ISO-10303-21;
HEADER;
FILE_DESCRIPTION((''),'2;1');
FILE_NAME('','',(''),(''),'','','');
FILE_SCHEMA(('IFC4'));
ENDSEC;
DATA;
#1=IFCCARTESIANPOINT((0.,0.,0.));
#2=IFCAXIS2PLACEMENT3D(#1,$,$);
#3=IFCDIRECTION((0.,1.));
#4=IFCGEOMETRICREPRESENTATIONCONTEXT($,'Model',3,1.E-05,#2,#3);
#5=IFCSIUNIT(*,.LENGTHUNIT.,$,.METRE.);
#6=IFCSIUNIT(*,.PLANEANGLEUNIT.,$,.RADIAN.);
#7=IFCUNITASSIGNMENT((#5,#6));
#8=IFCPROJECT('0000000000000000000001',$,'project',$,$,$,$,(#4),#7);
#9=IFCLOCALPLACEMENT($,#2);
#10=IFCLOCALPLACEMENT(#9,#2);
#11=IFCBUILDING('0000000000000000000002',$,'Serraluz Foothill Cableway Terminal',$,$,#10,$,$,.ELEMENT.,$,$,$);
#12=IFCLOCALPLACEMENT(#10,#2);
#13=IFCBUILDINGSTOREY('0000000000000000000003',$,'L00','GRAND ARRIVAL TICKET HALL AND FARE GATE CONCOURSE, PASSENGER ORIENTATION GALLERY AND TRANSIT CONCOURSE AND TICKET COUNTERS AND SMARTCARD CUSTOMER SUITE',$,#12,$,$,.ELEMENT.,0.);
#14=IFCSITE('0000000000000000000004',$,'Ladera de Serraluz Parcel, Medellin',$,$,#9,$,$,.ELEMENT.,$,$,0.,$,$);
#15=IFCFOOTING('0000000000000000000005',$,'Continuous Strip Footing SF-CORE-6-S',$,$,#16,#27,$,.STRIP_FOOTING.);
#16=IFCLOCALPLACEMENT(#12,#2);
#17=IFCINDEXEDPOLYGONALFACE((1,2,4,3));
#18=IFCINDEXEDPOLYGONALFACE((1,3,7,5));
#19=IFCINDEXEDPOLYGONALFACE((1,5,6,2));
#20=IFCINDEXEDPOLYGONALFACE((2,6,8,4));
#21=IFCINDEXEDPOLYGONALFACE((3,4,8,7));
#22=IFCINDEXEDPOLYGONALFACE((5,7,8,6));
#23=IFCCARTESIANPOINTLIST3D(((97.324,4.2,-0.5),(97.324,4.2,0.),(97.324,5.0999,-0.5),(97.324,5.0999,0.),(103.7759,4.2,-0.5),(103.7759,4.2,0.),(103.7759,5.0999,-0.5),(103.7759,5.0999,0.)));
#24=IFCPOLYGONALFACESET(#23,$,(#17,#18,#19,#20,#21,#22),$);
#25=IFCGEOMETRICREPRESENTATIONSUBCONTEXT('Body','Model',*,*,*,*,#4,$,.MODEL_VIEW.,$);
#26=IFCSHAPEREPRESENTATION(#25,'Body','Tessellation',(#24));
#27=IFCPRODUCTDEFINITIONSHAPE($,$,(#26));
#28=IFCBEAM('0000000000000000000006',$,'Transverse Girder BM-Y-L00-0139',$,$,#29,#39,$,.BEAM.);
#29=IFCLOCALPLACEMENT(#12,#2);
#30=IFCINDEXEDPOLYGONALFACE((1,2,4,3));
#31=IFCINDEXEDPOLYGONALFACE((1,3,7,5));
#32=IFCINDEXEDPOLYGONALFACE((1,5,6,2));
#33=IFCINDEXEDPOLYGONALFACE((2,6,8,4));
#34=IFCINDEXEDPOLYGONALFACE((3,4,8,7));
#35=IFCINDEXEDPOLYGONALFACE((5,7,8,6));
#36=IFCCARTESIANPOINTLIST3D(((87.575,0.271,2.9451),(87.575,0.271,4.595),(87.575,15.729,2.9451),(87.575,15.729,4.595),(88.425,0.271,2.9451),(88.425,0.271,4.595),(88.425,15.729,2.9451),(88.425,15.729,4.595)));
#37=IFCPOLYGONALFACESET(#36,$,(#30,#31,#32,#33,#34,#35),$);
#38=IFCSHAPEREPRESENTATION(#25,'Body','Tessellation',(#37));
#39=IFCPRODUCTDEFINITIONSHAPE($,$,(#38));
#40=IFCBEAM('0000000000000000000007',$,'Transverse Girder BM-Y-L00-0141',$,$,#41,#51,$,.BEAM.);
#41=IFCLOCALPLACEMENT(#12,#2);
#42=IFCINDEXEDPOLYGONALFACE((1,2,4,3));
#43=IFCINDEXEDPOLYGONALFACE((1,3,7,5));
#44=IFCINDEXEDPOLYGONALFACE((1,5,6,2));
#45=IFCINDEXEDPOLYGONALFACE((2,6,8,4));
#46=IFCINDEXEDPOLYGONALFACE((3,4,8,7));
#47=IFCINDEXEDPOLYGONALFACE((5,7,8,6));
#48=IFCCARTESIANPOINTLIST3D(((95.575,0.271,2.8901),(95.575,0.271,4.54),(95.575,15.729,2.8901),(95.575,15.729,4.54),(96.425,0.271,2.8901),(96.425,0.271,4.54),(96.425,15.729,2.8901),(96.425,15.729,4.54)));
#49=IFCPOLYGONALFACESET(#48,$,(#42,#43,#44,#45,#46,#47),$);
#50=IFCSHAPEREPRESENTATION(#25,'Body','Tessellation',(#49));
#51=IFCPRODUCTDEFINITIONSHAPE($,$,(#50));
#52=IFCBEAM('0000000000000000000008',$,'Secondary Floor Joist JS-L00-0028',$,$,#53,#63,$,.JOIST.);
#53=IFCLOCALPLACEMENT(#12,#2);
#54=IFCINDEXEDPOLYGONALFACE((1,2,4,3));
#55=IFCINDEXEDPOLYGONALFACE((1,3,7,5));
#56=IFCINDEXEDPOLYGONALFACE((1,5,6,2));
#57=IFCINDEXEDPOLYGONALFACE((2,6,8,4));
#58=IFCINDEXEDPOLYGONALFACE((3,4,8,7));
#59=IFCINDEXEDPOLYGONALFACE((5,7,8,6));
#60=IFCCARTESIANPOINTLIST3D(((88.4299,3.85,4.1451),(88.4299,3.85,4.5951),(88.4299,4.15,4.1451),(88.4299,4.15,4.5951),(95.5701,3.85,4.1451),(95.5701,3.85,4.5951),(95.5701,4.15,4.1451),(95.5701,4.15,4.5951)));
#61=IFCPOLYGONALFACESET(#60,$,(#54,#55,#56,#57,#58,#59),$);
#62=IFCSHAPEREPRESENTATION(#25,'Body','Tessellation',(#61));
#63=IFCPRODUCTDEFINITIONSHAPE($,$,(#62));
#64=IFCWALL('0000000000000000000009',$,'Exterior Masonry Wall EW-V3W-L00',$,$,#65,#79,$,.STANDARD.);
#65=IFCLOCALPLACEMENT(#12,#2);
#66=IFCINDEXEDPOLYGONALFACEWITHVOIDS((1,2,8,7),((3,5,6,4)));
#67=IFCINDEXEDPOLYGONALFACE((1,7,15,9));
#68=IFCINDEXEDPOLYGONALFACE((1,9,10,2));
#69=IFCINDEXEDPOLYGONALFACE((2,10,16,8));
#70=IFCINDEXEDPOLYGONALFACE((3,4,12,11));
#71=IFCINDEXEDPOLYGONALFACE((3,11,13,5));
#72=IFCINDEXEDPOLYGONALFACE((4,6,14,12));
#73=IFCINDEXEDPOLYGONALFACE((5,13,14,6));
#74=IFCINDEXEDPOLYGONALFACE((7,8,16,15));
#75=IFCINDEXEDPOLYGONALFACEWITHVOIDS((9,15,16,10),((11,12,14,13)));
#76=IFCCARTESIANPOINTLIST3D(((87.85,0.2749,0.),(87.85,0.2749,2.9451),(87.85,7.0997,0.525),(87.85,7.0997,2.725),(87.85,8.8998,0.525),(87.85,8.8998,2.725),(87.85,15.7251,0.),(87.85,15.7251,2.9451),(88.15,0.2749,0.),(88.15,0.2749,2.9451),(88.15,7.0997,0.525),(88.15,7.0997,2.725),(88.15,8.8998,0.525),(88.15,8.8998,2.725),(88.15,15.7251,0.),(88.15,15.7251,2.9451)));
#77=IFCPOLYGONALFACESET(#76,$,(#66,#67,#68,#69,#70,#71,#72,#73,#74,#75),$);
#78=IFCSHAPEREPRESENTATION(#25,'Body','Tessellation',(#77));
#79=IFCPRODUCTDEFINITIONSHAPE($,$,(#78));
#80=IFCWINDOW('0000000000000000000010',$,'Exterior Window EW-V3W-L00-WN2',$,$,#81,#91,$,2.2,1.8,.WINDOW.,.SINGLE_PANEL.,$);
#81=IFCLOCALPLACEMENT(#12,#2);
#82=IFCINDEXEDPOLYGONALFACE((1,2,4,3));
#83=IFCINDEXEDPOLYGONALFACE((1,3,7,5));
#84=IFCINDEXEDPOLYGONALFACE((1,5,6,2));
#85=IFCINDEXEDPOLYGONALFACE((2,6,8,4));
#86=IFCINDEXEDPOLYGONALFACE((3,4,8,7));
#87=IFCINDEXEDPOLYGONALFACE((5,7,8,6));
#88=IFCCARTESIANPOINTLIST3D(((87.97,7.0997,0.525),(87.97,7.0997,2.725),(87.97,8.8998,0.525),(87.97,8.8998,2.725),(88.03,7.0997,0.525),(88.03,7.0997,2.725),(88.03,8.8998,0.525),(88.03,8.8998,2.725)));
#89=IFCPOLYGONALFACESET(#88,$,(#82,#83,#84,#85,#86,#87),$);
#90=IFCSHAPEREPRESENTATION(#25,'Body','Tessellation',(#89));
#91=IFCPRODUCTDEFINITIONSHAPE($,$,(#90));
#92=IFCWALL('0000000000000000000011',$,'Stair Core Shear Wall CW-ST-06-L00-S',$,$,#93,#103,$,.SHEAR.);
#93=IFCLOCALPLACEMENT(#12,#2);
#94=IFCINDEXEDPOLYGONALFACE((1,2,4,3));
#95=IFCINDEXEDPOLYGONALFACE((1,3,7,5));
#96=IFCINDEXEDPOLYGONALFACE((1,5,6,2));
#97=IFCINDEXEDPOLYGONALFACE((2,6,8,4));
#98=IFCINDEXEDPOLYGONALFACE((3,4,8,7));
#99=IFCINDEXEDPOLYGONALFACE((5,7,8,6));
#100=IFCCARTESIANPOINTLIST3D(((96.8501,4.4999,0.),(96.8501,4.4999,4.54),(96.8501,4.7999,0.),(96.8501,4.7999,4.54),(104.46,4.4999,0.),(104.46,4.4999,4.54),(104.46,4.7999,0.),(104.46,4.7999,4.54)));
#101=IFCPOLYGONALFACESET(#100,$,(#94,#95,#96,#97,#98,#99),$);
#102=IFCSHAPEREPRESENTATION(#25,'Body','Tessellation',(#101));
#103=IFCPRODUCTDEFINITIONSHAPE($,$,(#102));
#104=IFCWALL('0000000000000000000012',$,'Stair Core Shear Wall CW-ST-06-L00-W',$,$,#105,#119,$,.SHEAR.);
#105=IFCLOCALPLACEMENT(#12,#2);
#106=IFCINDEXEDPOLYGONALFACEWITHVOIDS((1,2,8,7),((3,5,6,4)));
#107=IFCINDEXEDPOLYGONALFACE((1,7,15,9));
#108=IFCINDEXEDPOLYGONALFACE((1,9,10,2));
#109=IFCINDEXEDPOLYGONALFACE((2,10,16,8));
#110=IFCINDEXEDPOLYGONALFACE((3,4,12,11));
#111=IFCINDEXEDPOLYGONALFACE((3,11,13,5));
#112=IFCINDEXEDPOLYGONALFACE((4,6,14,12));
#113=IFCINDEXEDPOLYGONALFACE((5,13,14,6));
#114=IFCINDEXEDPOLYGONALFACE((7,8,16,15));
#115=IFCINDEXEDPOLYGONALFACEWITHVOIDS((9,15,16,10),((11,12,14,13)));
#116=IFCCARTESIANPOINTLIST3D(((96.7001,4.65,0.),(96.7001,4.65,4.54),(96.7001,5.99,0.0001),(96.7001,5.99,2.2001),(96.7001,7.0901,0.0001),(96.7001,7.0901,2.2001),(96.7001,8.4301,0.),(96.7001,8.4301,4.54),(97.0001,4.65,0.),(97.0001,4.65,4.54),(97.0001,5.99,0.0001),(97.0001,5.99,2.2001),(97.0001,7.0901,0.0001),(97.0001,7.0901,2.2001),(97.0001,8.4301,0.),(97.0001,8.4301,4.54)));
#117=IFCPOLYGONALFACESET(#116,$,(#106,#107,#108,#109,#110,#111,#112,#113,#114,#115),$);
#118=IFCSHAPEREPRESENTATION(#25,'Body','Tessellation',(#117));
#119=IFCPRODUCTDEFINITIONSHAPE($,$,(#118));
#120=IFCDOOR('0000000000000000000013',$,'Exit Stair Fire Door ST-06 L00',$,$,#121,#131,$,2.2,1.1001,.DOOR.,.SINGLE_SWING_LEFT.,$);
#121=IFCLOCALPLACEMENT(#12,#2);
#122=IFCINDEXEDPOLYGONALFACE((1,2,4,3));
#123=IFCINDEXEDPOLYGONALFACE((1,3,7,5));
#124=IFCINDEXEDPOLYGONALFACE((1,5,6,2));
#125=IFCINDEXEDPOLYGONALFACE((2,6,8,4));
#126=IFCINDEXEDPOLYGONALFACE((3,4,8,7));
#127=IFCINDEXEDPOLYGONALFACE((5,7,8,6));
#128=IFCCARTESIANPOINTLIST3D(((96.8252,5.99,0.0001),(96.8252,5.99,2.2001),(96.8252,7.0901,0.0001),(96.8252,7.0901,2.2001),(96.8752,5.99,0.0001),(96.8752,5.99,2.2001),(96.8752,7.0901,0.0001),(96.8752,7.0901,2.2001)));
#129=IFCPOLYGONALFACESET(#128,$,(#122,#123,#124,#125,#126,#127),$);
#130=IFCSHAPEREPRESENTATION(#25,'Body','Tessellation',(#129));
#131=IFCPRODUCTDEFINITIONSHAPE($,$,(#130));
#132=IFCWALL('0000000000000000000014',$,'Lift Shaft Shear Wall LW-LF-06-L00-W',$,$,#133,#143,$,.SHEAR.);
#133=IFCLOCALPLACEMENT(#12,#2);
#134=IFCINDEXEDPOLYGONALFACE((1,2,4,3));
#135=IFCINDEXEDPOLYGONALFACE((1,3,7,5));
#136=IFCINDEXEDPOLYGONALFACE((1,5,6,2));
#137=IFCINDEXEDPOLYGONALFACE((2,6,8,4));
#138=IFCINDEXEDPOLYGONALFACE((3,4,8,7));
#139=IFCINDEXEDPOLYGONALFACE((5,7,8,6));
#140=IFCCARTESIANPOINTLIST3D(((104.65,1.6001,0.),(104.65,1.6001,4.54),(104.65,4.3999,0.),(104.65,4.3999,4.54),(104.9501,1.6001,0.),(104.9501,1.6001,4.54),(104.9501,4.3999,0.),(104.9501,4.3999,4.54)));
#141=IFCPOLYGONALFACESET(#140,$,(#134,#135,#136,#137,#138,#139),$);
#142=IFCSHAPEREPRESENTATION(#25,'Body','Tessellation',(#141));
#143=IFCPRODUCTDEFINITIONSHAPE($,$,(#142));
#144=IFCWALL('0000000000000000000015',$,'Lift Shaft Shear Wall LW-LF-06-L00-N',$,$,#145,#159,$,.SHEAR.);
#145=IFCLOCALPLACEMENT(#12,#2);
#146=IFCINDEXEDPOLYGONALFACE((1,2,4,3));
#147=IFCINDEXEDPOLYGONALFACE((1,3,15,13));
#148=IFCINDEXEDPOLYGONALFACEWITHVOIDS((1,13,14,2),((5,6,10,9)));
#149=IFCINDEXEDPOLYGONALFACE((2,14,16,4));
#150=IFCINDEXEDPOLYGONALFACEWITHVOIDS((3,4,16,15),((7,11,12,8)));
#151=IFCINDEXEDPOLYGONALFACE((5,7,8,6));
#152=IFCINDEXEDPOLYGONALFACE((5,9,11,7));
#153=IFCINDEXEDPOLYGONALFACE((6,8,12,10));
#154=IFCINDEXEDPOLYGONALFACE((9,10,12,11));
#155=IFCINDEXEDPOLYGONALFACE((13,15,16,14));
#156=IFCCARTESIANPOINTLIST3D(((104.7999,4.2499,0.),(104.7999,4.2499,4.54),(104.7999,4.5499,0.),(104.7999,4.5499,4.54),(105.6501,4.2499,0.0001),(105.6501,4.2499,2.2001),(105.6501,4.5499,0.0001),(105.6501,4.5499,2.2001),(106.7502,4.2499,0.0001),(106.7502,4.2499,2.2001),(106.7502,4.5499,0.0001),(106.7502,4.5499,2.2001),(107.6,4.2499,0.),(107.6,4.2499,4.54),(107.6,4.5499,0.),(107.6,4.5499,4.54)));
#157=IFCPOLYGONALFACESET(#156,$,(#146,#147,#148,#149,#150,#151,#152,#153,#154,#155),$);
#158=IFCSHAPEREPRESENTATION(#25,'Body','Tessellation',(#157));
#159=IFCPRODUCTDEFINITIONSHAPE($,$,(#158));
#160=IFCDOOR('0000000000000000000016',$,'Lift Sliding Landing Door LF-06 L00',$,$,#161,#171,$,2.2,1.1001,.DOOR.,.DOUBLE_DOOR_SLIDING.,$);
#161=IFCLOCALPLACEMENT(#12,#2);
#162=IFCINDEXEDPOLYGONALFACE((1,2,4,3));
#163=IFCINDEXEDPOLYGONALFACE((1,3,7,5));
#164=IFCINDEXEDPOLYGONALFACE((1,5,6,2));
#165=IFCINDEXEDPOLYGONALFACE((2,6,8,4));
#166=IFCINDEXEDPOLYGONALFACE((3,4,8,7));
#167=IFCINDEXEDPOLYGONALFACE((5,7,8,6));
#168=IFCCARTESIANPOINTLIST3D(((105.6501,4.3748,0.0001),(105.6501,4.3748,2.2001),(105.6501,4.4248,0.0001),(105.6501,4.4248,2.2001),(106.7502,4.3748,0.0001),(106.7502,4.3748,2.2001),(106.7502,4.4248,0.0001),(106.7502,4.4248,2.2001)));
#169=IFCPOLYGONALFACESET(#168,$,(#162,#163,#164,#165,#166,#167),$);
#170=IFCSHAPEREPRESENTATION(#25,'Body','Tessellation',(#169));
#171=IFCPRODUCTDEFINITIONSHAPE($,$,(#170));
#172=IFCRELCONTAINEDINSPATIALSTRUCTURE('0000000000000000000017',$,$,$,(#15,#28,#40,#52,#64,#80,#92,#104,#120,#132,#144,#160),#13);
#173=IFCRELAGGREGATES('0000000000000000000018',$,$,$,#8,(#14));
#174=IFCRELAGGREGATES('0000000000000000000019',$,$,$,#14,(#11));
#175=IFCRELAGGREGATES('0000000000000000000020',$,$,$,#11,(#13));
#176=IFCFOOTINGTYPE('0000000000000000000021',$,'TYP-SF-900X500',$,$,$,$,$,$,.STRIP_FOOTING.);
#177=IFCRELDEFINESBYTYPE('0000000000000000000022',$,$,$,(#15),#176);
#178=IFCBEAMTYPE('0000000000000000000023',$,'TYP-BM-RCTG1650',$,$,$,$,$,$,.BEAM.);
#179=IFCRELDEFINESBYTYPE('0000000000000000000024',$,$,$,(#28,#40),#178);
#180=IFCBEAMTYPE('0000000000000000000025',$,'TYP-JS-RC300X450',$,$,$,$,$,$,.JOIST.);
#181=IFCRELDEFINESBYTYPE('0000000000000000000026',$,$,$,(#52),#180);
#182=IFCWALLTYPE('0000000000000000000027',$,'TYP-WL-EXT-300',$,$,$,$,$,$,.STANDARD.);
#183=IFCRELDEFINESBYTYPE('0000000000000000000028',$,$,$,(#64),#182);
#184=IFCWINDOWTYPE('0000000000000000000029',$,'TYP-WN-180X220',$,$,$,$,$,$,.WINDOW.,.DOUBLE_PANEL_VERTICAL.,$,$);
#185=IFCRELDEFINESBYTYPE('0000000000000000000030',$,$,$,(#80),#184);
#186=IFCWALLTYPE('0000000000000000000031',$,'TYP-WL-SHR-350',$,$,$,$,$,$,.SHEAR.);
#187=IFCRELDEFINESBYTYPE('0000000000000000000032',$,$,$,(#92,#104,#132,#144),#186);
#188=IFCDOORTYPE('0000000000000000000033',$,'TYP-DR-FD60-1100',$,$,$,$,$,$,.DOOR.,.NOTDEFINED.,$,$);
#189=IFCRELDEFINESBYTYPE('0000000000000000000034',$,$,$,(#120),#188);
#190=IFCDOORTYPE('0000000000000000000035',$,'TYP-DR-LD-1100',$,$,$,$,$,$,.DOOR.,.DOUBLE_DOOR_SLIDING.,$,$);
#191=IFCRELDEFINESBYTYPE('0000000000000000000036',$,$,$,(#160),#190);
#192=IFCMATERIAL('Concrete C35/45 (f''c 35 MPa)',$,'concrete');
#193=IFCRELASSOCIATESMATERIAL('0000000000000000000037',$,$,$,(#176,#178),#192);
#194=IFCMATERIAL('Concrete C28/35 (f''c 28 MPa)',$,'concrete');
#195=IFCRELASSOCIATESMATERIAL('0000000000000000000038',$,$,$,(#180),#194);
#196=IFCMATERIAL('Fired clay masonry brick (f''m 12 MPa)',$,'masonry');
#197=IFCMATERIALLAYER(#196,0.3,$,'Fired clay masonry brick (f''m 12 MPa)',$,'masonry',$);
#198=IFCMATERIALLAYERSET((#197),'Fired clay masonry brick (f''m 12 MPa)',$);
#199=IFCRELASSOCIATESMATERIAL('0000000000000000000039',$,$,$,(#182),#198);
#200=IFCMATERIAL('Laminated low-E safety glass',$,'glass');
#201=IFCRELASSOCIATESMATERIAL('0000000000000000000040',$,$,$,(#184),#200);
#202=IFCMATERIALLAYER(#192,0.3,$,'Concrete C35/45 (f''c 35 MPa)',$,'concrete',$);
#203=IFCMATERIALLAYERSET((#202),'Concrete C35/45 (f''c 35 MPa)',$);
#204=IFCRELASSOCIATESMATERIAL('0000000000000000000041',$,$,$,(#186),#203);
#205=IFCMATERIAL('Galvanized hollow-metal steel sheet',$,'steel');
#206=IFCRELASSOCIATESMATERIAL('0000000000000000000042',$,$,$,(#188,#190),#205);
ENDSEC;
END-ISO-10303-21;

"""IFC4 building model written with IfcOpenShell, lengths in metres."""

from ifc_helpers import new_model, si_unit, direction, frame, frame_2d, origin, origin_2d, place, context, subcontext, project, spatial, rectangle, extrude, material, layer, layer_set, material_profile, profile_set, type_object, element, fill, save


model = new_model("IFC4")

# Units and contexts
model_context = context("Model", 3, precision=1e-05, world=origin(), true_north=direction((0.0, 1.0)))
body_context = subcontext(model_context, "Body", "Model", "MODEL_VIEW")
ifc_project = project(units=[si_unit("LENGTHUNIT", "METRE"), si_unit("PLANEANGLEUNIT", "RADIAN")], contexts=[model_context])

# Site, building, storey
site_placement = place(None, origin())
site = spatial("IfcSite", under=ifc_project, at=site_placement, Name="Ladera de Serraluz Parcel, Medellin", CompositionType="ELEMENT", RefElevation=0.0)
building_placement = place(site_placement, origin())
building = spatial("IfcBuilding", under=site, at=building_placement, Name="Serraluz Foothill Cableway Terminal", CompositionType="ELEMENT")
storey_placement = place(building_placement, origin())
storey = spatial("IfcBuildingStorey", under=building, at=storey_placement, Name="L00", Description="GRAND ARRIVAL TICKET HALL AND FARE GATE CONCOURSE, PASSENGER ORIENTATION GALLERY AND TRANSIT CONCOURSE AND TICKET COUNTERS AND SMARTCARD CUSTOMER SUITE", CompositionType="ELEMENT", Elevation=0.0)

# Shared definitions
ifc_material_1 = material(Name="Concrete C35/45 (f'c 35 MPa)", Category="concrete")

# Shared definitions
ifc_material_2 = material(Name="Concrete C28/35 (f'c 28 MPa)", Category="concrete")

# Footing
ifc_material_profile_1 = material_profile(ifc_material_1, rectangle(XDim=0.8999, YDim=0.5, at=origin_2d()), Name="SF 900x500")
ifc_profile_set_1 = profile_set([ifc_material_profile_1], Name="Concrete C35/45 (f'c 35 MPa)")
footing_type_1 = type_object("IfcFootingType", Name="TYP-SF-900X500", PredefinedType="STRIP_FOOTING", material=ifc_profile_set_1)
footing_placement = place(storey_placement, frame((97.324, 4.6499, -0.25), z_axis=(1.0, 0.0, 0.0), x_axis=(0.0, 1.0, 0.0)))
element("IfcFooting", 1, at=footing_placement, inside=storey, type_object=footing_type_1, Name="Continuous Strip Footing SF-CORE-6-S", PredefinedType="STRIP_FOOTING", context=body_context, shape_type="SweptSolid", body=[
    extrude(rectangle(XDim=0.8999, YDim=0.5, at=origin_2d()), origin(), (0.0, 0.0, 1.0), 6.4519),
])

# Beams
ifc_material_profile_2 = material_profile(ifc_material_1, rectangle(XDim=0.8501, YDim=1.6499, at=origin_2d()), Name="RC TG 850x1650")
ifc_profile_set_2 = profile_set([ifc_material_profile_2], Name="Concrete C35/45 (f'c 35 MPa)")
beam_type_1 = type_object("IfcBeamType", Name="TYP-BM-RCTG1650", PredefinedType="BEAM", material=ifc_profile_set_2)
for number, where, z_axis, x_axis, name in (
    (2, (88.0, 0.271, 3.77), (0.0, 1.0, 0.0), (-1.0, 0.0, 0.0), "Transverse Girder BM-Y-L00-0139"),
    (3, (96.0, 0.271, 3.7151), (0.0, 1.0, 0.0), (-1.0, 0.0, 0.0), "Transverse Girder BM-Y-L00-0141"),
):
    element("IfcBeam", number, at=place(storey_placement, frame(where, z_axis=z_axis, x_axis=x_axis)), inside=storey, type_object=beam_type_1, Name=name, PredefinedType="BEAM", context=body_context, shape_type="SweptSolid", body=[
        extrude(rectangle(XDim=0.8501, YDim=1.6499, at=origin_2d()), origin(), (0.0, 0.0, 1.0), 15.458),
    ])
ifc_material_profile_3 = material_profile(ifc_material_2, rectangle(XDim=0.3, YDim=0.45, at=origin_2d()), Name="RC 300x450")
ifc_profile_set_3 = profile_set([ifc_material_profile_3], Name="Concrete C28/35 (f'c 28 MPa)")
beam_type_2 = type_object("IfcBeamType", Name="TYP-JS-RC300X450", PredefinedType="JOIST", material=ifc_profile_set_3)
beam_placement = place(storey_placement, frame((88.4299, 4.0, 4.3701), z_axis=(1.0, 0.0, 0.0), x_axis=(0.0, 1.0, 0.0)))
element("IfcBeam", 4, at=beam_placement, inside=storey, type_object=beam_type_2, Name="Secondary Floor Joist JS-L00-0028", PredefinedType="JOIST", context=body_context, shape_type="SweptSolid", body=[
    extrude(rectangle(XDim=0.3, YDim=0.45, at=origin_2d()), origin(), (0.0, 0.0, 1.0), 7.1401),
])

# Wall, opening, window
ifc_material_3 = material(Name="Fired clay masonry brick (f'm 12 MPa)", Category="masonry")
ifc_layer_1 = layer(ifc_material_3, 0.3, Name="Fired clay masonry brick (f'm 12 MPa)", Category="masonry")
ifc_layer_set_1 = layer_set([ifc_layer_1], Name="Fired clay masonry brick (f'm 12 MPa)")
wall_type_1 = type_object("IfcWallType", Name="TYP-WL-EXT-300", PredefinedType="STANDARD", material=ifc_layer_set_1)
wall_1_placement = place(storey_placement, frame((88.0, 0.2749, 0.0), z_axis=(0.0, 0.0, 1.0), x_axis=(0.0, 1.0, 0.0)))
wall_1 = element("IfcWall", 5, at=wall_1_placement, inside=storey, type_object=wall_type_1, Name="Exterior Masonry Wall EW-V3W-L00", PredefinedType="STANDARD", context=body_context, shape_type="SweptSolid", body=[
    extrude(rectangle(XDim=15.4502, YDim=0.3, at=frame_2d((7.7251, 0.0))), origin(), (0.0, 0.0, 1.0), 2.9451),
])
opening_1_placement = place(wall_1_placement, frame((6.825, 0.0, 0.5249)))
opening_1 = element("IfcOpeningElement", 6, at=opening_1_placement, cuts=wall_1, PredefinedType="OPENING", context=body_context, shape_type="SweptSolid", body=[
    extrude(rectangle(XDim=1.8, YDim=2.2, at=frame_2d((0.8999, 1.1001))), frame((0.0, 0.1602, 0.0), z_axis=(0.0, -1.0, 0.0), x_axis=(1.0, 0.0, 0.0)), (0.0, 0.0, 1.0), 0.3201),
])
ifc_material_4 = material(Name="Laminated low-E safety glass", Category="glass")
window_type = type_object("IfcWindowType", Name="TYP-WN-180X220", PartitioningType="DOUBLE_PANEL_VERTICAL", PredefinedType="WINDOW", material=ifc_material_4)
window_placement = place(opening_1_placement, origin())
window = element("IfcWindow", 7, at=window_placement, inside=storey, type_object=window_type, Name="Exterior Window EW-V3W-L00-WN2", OverallHeight=2.2, OverallWidth=1.8, PartitioningType="SINGLE_PANEL", PredefinedType="WINDOW", context=body_context, shape_type="SweptSolid", body=[
    extrude(rectangle(XDim=1.8, YDim=2.2, at=frame_2d((0.8999, 1.1001))), frame((0.0, 0.03, 0.0), z_axis=(0.0, -1.0, 0.0), x_axis=(1.0, 0.0, 0.0)), (0.0, 0.0, 1.0), 0.0601),
])
fill(opening_1, window)

# Wall
ifc_layer_2 = layer(ifc_material_1, 0.3, Name="Concrete C35/45 (f'c 35 MPa)", Category="concrete")
ifc_layer_set_2 = layer_set([ifc_layer_2], Name="Concrete C35/45 (f'c 35 MPa)")
wall_type_2 = type_object("IfcWallType", Name="TYP-WL-SHR-350", PredefinedType="SHEAR", material=ifc_layer_set_2)
wall_2_placement = place(storey_placement, frame((104.46, 4.6499, 0.0), z_axis=(0.0, 0.0, 1.0), x_axis=(-1.0, 0.0, 0.0)))
element("IfcWall", 8, at=wall_2_placement, inside=storey, type_object=wall_type_2, Name="Stair Core Shear Wall CW-ST-06-L00-S", PredefinedType="SHEAR", context=body_context, shape_type="SweptSolid", body=[
    extrude(rectangle(XDim=7.6099, YDim=0.3, at=frame_2d((3.8049, 0.0))), origin(), (0.0, 0.0, 1.0), 4.54),
])

# Wall, opening, door
wall_3_placement = place(storey_placement, frame((96.8501, 4.6499, 0.0), z_axis=(0.0, 0.0, 1.0), x_axis=(0.0, 1.0, 0.0)))
wall_3 = element("IfcWall", 9, at=wall_3_placement, inside=storey, type_object=wall_type_2, Name="Stair Core Shear Wall CW-ST-06-L00-W", PredefinedType="SHEAR", context=body_context, shape_type="SweptSolid", body=[
    extrude(rectangle(XDim=3.78, YDim=0.3, at=frame_2d((1.8901, 0.0))), origin(), (0.0, 0.0, 1.0), 4.54),
])
opening_2_placement = place(wall_3_placement, frame((1.3401, 0.0, 0.0)))
opening_2 = element("IfcOpeningElement", 10, at=opening_2_placement, cuts=wall_3, PredefinedType="OPENING", context=body_context, shape_type="SweptSolid", body=[
    extrude(rectangle(XDim=1.1001, YDim=2.2, at=frame_2d((0.55, 1.1001))), frame((0.0, 0.1602, 0.0), z_axis=(0.0, -1.0, 0.0), x_axis=(1.0, 0.0, 0.0)), (0.0, 0.0, 1.0), 0.3201),
])
ifc_material_5 = material(Name="Galvanized hollow-metal steel sheet", Category="steel")
door_type_1 = type_object("IfcDoorType", Name="TYP-DR-FD60-1100", OperationType="NOTDEFINED", PredefinedType="DOOR", material=ifc_material_5)
door_1_placement = place(opening_2_placement, origin())
door_1 = element("IfcDoor", 11, at=door_1_placement, inside=storey, type_object=door_type_1, Name="Exit Stair Fire Door ST-06 L00", OperationType="SINGLE_SWING_LEFT", OverallHeight=2.2, OverallWidth=1.1001, PredefinedType="DOOR", context=body_context, shape_type="SweptSolid", body=[
    extrude(rectangle(XDim=1.1001, YDim=2.2, at=frame_2d((0.55, 1.1001))), frame((0.0, 0.0249, 0.0), z_axis=(0.0, -1.0, 0.0), x_axis=(1.0, 0.0, 0.0)), (0.0, 0.0, 1.0), 0.05),
])
fill(opening_2, door_1)

# Wall
wall_4_placement = place(storey_placement, frame((104.8, 1.6001, 0.0), z_axis=(0.0, 0.0, 1.0), x_axis=(0.0, 1.0, 0.0)))
element("IfcWall", 12, at=wall_4_placement, inside=storey, type_object=wall_type_2, Name="Lift Shaft Shear Wall LW-LF-06-L00-W", PredefinedType="SHEAR", context=body_context, shape_type="SweptSolid", body=[
    extrude(rectangle(XDim=2.7998, YDim=0.3, at=frame_2d((1.3999, 0.0))), origin(), (0.0, 0.0, 1.0), 4.54),
])

# Wall, opening, door
wall_5_placement = place(storey_placement, frame((104.8, 4.3999, 0.0), z_axis=(0.0, 0.0, 1.0), x_axis=(1.0, 0.0, 0.0)))
wall_5 = element("IfcWall", 13, at=wall_5_placement, inside=storey, type_object=wall_type_2, Name="Lift Shaft Shear Wall LW-LF-06-L00-N", PredefinedType="SHEAR", context=body_context, shape_type="SweptSolid", body=[
    extrude(rectangle(XDim=2.8, YDim=0.3, at=frame_2d((1.3999, 0.0))), origin(), (0.0, 0.0, 1.0), 4.54),
])
opening_3_placement = place(wall_5_placement, frame((0.8501, 0.0, 0.0)))
opening_3 = element("IfcOpeningElement", 14, at=opening_3_placement, cuts=wall_5, PredefinedType="OPENING", context=body_context, shape_type="SweptSolid", body=[
    extrude(rectangle(XDim=1.1001, YDim=2.2, at=frame_2d((0.55, 1.1001))), frame((0.0, 0.1602, 0.0), z_axis=(0.0, -1.0, 0.0), x_axis=(1.0, 0.0, 0.0)), (0.0, 0.0, 1.0), 0.3201),
])
door_type_2 = type_object("IfcDoorType", Name="TYP-DR-LD-1100", OperationType="DOUBLE_DOOR_SLIDING", PredefinedType="DOOR", material=ifc_material_5)
door_2_placement = place(opening_3_placement, origin())
door_2 = element("IfcDoor", 15, at=door_2_placement, inside=storey, type_object=door_type_2, Name="Lift Sliding Landing Door LF-06 L00", OperationType="DOUBLE_DOOR_SLIDING", OverallHeight=2.2, OverallWidth=1.1001, PredefinedType="DOOR", context=body_context, shape_type="SweptSolid", body=[
    extrude(rectangle(XDim=1.1001, YDim=2.2, at=frame_2d((0.55, 1.1001))), frame((0.0, 0.0249, 0.0), z_axis=(0.0, -1.0, 0.0), x_axis=(1.0, 0.0, 0.0)), (0.0, 0.0, 1.0), 0.05),
])
fill(opening_3, door_2)

save(model, "model.ifc")
